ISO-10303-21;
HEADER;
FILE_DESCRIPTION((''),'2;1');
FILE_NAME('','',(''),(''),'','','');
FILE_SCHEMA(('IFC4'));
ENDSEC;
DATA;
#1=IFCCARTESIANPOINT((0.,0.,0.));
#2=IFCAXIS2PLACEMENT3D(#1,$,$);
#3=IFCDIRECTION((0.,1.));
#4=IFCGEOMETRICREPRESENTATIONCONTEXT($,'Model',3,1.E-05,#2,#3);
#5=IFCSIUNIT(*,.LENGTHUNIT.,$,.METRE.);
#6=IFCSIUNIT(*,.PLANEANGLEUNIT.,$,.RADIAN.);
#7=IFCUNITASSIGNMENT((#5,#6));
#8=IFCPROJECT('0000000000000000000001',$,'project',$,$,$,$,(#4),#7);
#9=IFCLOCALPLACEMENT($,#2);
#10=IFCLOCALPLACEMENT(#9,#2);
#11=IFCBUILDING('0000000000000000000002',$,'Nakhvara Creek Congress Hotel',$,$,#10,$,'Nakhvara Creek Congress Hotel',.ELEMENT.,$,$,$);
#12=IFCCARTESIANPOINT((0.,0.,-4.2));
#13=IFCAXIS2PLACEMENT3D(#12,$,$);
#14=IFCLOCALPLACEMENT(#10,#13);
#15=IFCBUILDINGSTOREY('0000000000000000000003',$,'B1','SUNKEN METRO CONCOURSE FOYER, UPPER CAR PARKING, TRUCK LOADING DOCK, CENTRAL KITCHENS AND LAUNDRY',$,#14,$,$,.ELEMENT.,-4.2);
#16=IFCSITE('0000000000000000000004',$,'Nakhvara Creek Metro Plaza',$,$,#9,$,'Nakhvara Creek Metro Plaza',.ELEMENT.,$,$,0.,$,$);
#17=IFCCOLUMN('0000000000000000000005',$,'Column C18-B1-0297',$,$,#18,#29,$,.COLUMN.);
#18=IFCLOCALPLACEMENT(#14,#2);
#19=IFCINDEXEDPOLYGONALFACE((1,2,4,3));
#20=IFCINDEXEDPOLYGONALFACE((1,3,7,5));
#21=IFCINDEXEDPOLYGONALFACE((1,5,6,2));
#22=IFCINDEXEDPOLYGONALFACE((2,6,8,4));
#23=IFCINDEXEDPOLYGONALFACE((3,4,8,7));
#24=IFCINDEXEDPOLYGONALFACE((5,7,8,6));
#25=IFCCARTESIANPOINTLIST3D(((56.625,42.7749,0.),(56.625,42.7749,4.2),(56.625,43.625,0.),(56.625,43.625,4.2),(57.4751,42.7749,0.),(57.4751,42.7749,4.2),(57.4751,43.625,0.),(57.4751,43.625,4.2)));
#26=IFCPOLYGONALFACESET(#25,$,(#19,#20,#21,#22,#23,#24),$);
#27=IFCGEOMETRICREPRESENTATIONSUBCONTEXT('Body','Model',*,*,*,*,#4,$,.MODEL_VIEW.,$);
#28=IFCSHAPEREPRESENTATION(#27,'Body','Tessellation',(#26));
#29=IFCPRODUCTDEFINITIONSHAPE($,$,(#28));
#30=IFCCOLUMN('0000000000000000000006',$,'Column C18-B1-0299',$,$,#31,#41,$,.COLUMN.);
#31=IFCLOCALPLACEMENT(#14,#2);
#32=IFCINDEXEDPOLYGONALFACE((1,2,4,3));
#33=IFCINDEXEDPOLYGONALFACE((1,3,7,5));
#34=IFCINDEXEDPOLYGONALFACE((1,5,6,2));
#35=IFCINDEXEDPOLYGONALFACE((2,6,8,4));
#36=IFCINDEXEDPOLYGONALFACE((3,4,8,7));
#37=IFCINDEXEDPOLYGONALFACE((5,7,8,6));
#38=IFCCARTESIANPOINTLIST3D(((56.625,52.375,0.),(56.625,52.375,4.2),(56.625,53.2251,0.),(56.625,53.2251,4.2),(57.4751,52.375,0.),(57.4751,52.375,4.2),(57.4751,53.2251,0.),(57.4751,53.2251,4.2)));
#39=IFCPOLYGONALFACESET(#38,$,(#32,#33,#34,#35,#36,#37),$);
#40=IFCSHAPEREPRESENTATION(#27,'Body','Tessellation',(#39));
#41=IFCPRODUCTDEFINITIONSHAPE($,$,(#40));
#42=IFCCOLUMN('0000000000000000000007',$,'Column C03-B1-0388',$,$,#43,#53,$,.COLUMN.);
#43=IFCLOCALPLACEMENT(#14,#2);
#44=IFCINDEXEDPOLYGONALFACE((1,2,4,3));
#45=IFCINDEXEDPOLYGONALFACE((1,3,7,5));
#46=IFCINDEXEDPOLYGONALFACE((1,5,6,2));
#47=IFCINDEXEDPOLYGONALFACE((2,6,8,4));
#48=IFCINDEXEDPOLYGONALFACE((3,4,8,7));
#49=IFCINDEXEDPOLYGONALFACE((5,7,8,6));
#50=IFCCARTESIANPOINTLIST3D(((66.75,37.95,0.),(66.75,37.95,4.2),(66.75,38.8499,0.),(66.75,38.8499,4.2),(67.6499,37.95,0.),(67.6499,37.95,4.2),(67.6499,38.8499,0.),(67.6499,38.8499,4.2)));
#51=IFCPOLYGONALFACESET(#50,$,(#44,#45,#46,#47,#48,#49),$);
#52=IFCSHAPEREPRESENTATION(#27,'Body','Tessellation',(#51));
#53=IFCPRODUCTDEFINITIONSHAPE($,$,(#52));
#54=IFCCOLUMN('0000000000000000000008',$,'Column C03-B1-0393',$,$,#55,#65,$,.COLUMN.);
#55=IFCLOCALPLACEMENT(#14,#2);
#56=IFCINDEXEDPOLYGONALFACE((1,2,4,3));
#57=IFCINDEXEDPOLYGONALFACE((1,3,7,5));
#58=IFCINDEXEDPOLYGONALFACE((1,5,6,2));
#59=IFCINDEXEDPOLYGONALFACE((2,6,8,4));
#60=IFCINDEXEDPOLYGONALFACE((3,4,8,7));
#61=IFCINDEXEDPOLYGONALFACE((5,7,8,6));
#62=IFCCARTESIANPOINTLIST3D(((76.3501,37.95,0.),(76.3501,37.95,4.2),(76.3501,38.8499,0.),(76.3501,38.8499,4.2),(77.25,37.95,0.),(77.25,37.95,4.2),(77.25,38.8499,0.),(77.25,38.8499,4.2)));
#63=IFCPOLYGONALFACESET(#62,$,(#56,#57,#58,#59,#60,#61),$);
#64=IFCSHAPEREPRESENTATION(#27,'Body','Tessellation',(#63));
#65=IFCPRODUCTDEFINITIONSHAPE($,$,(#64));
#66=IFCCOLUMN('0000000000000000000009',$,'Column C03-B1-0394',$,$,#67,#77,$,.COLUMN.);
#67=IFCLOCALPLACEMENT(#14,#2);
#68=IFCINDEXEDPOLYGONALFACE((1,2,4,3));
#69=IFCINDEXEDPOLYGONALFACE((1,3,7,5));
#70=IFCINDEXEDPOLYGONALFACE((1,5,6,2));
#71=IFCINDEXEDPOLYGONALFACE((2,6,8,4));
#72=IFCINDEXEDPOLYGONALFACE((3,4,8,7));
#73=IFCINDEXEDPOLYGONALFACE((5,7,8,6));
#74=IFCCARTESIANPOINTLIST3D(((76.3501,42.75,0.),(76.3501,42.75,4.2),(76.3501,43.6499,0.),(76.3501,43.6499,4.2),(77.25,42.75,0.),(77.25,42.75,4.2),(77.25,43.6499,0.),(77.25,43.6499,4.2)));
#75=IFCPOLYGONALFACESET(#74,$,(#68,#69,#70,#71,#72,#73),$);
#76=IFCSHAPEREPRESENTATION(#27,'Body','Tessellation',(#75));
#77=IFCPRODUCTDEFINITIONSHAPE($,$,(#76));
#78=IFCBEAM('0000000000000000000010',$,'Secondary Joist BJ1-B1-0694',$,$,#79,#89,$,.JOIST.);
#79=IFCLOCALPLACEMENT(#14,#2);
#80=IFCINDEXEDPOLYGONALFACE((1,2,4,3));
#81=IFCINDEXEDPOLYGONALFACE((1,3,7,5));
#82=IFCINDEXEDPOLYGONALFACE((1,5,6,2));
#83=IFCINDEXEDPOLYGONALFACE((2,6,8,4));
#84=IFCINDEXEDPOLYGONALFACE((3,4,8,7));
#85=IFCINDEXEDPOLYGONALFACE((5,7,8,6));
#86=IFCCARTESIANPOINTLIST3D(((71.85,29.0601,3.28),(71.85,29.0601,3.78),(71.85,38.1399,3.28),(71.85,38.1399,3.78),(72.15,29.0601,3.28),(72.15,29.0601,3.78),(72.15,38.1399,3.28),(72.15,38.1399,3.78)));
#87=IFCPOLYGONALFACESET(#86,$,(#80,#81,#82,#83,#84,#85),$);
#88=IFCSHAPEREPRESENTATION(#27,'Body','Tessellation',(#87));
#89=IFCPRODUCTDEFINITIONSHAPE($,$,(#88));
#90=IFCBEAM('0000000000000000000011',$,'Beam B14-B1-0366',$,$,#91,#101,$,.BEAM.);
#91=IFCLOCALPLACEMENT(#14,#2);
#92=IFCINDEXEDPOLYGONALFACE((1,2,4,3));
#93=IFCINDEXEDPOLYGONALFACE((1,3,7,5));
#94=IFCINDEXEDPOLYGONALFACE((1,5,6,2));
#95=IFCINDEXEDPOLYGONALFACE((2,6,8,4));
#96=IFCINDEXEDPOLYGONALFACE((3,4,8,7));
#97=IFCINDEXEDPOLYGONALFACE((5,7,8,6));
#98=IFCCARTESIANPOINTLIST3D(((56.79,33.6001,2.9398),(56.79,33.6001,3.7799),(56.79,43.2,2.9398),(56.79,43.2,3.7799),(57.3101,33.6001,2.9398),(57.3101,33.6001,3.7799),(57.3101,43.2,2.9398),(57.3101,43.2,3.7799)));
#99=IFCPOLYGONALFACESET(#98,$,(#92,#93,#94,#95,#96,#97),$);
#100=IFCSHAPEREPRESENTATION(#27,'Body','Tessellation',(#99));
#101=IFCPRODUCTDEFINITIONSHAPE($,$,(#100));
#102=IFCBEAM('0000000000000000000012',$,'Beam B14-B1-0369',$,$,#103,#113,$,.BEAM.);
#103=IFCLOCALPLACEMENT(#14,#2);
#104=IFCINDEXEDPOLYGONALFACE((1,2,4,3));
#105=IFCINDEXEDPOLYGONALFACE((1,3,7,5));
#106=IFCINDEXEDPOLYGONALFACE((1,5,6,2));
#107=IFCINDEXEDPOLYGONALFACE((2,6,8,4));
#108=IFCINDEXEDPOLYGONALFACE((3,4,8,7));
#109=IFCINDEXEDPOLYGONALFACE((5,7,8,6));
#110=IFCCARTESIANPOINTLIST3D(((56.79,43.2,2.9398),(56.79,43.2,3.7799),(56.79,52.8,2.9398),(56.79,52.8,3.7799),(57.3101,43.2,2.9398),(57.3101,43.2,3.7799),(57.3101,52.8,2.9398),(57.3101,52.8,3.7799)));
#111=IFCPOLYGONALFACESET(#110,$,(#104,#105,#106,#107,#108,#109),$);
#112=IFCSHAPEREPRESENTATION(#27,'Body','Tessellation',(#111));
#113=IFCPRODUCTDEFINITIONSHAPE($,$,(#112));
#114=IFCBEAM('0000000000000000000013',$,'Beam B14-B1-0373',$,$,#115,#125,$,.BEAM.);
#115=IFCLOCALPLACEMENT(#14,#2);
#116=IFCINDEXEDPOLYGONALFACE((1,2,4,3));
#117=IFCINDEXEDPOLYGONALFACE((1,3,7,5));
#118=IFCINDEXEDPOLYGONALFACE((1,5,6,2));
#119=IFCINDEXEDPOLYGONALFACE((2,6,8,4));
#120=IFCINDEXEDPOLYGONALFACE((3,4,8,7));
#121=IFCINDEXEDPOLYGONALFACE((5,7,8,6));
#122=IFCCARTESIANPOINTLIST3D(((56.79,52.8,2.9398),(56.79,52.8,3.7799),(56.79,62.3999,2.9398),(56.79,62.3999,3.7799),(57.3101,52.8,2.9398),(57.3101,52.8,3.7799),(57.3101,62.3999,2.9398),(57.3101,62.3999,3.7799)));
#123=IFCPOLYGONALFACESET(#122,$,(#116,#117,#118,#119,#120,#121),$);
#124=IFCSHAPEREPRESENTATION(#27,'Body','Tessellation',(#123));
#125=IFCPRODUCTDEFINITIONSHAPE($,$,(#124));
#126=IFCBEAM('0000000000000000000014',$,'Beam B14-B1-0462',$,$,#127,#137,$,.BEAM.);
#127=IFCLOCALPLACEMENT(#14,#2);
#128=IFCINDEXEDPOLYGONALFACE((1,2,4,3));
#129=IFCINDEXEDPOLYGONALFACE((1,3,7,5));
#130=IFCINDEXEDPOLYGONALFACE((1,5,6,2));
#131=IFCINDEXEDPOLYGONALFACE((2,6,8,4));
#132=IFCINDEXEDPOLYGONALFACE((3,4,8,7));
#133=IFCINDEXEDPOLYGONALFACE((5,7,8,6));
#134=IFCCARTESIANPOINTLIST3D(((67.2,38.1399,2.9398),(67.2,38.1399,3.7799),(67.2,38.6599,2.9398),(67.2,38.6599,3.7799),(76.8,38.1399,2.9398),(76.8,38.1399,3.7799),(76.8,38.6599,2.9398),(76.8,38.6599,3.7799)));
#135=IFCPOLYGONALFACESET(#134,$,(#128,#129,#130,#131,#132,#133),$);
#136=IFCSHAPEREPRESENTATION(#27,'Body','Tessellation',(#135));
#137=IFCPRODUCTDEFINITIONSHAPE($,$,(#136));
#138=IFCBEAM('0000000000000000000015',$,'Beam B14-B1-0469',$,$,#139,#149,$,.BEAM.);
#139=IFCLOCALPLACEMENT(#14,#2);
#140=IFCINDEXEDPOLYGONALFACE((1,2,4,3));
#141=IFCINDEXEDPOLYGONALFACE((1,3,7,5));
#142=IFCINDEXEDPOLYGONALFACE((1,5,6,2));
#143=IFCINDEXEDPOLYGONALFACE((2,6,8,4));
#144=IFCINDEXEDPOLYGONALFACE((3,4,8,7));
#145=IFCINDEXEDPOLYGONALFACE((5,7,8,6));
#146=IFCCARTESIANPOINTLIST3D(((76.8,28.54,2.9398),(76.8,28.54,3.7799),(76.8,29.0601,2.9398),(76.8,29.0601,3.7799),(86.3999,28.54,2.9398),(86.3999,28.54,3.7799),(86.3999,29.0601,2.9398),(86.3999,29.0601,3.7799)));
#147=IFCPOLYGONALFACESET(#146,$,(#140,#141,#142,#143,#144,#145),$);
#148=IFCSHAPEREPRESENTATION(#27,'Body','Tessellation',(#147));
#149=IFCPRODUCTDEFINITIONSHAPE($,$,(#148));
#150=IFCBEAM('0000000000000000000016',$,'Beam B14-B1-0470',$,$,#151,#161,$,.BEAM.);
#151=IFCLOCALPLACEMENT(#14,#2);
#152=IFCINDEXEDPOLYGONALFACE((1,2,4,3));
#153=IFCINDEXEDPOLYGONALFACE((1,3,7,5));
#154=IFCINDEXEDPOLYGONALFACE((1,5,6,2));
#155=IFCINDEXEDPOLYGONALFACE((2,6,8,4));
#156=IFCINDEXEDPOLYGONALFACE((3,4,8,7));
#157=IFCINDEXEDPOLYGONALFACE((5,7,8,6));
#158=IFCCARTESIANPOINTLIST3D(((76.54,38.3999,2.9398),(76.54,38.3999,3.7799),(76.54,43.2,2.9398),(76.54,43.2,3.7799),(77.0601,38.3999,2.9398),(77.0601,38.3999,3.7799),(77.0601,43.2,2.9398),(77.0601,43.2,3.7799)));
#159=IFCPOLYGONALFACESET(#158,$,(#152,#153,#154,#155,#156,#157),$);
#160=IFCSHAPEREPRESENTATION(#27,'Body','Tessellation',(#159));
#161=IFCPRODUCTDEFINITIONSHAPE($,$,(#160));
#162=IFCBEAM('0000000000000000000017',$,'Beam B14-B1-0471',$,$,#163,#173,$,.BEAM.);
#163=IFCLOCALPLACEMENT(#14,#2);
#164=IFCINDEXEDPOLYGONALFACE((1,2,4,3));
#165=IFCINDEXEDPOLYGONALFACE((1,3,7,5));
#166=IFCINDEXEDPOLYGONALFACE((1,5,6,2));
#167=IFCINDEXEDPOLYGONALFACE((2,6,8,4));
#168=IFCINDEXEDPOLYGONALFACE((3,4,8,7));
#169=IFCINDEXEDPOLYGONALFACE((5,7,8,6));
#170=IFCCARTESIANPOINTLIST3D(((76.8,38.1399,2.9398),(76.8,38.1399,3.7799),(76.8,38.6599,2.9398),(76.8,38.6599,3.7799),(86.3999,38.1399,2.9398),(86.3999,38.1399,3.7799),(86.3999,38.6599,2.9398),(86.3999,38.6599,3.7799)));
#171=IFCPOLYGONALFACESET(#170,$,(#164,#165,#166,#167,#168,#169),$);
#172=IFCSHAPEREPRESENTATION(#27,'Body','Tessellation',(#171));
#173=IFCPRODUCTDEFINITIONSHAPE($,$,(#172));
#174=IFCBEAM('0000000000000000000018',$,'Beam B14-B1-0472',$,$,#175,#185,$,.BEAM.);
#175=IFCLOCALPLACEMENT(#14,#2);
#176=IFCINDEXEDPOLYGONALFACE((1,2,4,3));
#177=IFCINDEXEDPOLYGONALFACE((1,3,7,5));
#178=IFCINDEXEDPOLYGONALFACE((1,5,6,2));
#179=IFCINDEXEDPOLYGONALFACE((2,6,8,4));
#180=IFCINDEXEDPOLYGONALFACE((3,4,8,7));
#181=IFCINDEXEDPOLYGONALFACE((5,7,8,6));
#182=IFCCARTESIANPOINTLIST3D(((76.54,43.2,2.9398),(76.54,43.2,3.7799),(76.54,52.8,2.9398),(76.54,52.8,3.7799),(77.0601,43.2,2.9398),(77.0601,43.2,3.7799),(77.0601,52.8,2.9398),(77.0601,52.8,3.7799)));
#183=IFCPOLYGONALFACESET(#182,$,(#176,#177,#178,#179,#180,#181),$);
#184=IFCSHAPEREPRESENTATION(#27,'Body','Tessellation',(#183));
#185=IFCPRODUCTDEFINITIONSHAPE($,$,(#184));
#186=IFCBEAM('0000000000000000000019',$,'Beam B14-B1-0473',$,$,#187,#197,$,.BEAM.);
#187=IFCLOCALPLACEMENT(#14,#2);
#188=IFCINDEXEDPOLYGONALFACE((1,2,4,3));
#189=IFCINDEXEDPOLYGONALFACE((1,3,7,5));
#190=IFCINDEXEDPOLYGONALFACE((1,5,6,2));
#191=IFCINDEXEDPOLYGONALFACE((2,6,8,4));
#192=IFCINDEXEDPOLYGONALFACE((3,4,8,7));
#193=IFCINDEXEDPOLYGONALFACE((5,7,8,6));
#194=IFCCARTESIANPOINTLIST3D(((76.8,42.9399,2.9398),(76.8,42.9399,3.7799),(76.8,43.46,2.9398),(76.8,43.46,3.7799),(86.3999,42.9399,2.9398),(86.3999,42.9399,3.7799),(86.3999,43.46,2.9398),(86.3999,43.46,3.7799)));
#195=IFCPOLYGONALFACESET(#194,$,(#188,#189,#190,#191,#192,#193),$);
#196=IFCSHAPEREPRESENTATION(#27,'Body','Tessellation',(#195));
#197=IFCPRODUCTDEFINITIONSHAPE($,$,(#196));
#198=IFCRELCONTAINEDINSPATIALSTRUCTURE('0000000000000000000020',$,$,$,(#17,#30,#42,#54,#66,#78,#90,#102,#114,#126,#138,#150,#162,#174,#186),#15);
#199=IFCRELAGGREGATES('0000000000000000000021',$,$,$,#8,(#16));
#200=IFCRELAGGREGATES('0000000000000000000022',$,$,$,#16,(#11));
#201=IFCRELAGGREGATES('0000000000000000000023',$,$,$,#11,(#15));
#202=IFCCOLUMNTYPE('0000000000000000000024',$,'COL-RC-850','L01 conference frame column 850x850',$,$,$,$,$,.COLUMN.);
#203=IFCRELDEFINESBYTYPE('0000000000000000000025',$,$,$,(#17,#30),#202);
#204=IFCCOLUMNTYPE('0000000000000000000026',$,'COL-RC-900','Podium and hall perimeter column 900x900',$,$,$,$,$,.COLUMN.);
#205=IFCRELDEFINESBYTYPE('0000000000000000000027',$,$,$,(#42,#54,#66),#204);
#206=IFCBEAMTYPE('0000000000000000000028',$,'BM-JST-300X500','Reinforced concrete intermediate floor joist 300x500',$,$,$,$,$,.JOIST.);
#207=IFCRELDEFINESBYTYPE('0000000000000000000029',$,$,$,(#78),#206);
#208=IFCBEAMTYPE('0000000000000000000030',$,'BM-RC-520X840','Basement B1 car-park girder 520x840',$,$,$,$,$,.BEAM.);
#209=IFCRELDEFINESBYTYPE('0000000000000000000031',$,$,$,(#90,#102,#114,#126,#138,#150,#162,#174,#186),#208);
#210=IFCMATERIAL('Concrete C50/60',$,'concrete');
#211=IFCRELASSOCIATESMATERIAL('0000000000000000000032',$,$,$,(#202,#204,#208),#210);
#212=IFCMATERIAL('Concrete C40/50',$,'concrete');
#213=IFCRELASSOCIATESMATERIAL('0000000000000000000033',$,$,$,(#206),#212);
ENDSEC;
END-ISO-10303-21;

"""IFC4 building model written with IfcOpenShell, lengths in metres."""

from ifc_helpers import new_model, si_unit, direction, frame, origin, origin_2d, place, context, subcontext, project, spatial, rectangle, extrude, material, material_profile, profile_set, type_object, element, save


model = new_model("IFC4")

# Units and contexts
model_context = context("Model", 3, precision=1e-05, world=origin(), true_north=direction((0.0, 1.0)))
body_context = subcontext(model_context, "Body", "Model", "MODEL_VIEW")
ifc_project = project(units=[si_unit("LENGTHUNIT", "METRE"), si_unit("PLANEANGLEUNIT", "RADIAN")], contexts=[model_context])

# Site, building, storey
site_placement = place(None, origin())
site = spatial("IfcSite", under=ifc_project, at=site_placement, Name="Nakhvara Creek Metro Plaza", LongName="Nakhvara Creek Metro Plaza", CompositionType="ELEMENT", RefElevation=0.0)
building_placement = place(site_placement, origin())
building = spatial("IfcBuilding", under=site, at=building_placement, Name="Nakhvara Creek Congress Hotel", LongName="Nakhvara Creek Congress Hotel", CompositionType="ELEMENT")
storey_placement = place(building_placement, frame((0.0, 0.0, -4.2)))
storey = spatial("IfcBuildingStorey", under=building, at=storey_placement, Name="B1", Description="SUNKEN METRO CONCOURSE FOYER, UPPER CAR PARKING, TRUCK LOADING DOCK, CENTRAL KITCHENS AND LAUNDRY", CompositionType="ELEMENT", Elevation=-4.2)

# Columns
ifc_material_1 = material(Name="Concrete C50/60", Category="concrete")
ifc_material_profile_1 = material_profile(ifc_material_1, rectangle(XDim=0.8501, YDim=0.8501, at=origin_2d()), Name="RC-COL 850x850", Category="LoadBearing")
ifc_profile_set_1 = profile_set([ifc_material_profile_1], Name="Concrete C50/60")
column_type_1 = type_object("IfcColumnType", Name="COL-RC-850", Description="L01 conference frame column 850x850", PredefinedType="COLUMN", material=ifc_profile_set_1)
for number, where, z_axis, x_axis, name in (
    (1, (57.05, 43.2, 0.0), (0.0, 0.0, 1.0), (1.0, 0.0, 0.0), "Column C18-B1-0297"),
    (2, (57.05, 52.8, 0.0), (0.0, 0.0, 1.0), (1.0, 0.0, 0.0), "Column C18-B1-0299"),
):
    element("IfcColumn", number, at=place(storey_placement, frame(where, z_axis=z_axis, x_axis=x_axis)), inside=storey, type_object=column_type_1, Name=name, PredefinedType="COLUMN", context=body_context, shape_type="SweptSolid", body=[
        extrude(rectangle(XDim=0.8501, YDim=0.8501, at=origin_2d()), origin(), (0.0, 0.0, 1.0), 4.2),
    ])
ifc_material_profile_2 = material_profile(ifc_material_1, rectangle(XDim=0.8999, YDim=0.8999, at=origin_2d()), Name="RC-COL 900x900", Category="LoadBearing")
ifc_profile_set_2 = profile_set([ifc_material_profile_2], Name="Concrete C50/60")
column_type_2 = type_object("IfcColumnType", Name="COL-RC-900", Description="Podium and hall perimeter column 900x900", PredefinedType="COLUMN", material=ifc_profile_set_2)
for number, where, z_axis, x_axis, name in (
    (3, (67.2, 38.3999, 0.0), (0.0, 0.0, 1.0), (1.0, 0.0, 0.0), "Column C03-B1-0388"),
    (4, (76.8, 38.3999, 0.0), (0.0, 0.0, 1.0), (1.0, 0.0, 0.0), "Column C03-B1-0393"),
    (5, (76.8, 43.2, 0.0), (0.0, 0.0, 1.0), (1.0, 0.0, 0.0), "Column C03-B1-0394"),
):
    element("IfcColumn", number, at=place(storey_placement, frame(where, z_axis=z_axis, x_axis=x_axis)), inside=storey, type_object=column_type_2, Name=name, PredefinedType="COLUMN", context=body_context, shape_type="SweptSolid", body=[
        extrude(rectangle(XDim=0.8999, YDim=0.8999, at=origin_2d()), origin(), (0.0, 0.0, 1.0), 4.2),
    ])

# Beams
ifc_material_2 = material(Name="Concrete C40/50", Category="concrete")
ifc_material_profile_3 = material_profile(ifc_material_2, rectangle(XDim=0.3, YDim=0.5, at=origin_2d()), Name="RC-BM 300x500", Category="LoadBearing")
ifc_profile_set_3 = profile_set([ifc_material_profile_3], Name="Concrete C40/50")
beam_type_1 = type_object("IfcBeamType", Name="BM-JST-300X500", Description="Reinforced concrete intermediate floor joist 300x500", PredefinedType="JOIST", material=ifc_profile_set_3)
beam_1_placement = place(storey_placement, frame((72.0, 29.0601, 3.53), z_axis=(0.0, 1.0, 0.0), x_axis=(-1.0, 0.0, 0.0)))
element("IfcBeam", 6, at=beam_1_placement, inside=storey, type_object=beam_type_1, Name="Secondary Joist BJ1-B1-0694", PredefinedType="JOIST", context=body_context, shape_type="SweptSolid", body=[
    extrude(rectangle(XDim=0.3, YDim=0.5, at=origin_2d()), origin(), (0.0, 0.0, 1.0), 9.0798),
])
ifc_material_profile_4 = material_profile(ifc_material_1, rectangle(XDim=0.52, YDim=0.8401, at=origin_2d()), Name="RC-BM 520x840", Category="LoadBearing")
ifc_profile_set_4 = profile_set([ifc_material_profile_4], Name="Concrete C50/60")
beam_type_2 = type_object("IfcBeamType", Name="BM-RC-520X840", Description="Basement B1 car-park girder 520x840", PredefinedType="BEAM", material=ifc_profile_set_4)
beam_2_placement = place(storey_placement, frame((57.05, 33.6001, 3.3599), z_axis=(0.0, 1.0, 0.0), x_axis=(-1.0, 0.0, 0.0)))
element("IfcBeam", 7, at=beam_2_placement, inside=storey, type_object=beam_type_2, Name="Beam B14-B1-0366", PredefinedType="BEAM", context=body_context, shape_type="SweptSolid", body=[
    extrude(rectangle(XDim=0.52, YDim=0.8401, at=origin_2d()), origin(), (0.0, 0.0, 1.0), 9.5999),
])
beam_3_placement = place(storey_placement, frame((57.05, 43.2, 3.3599), z_axis=(0.0, 1.0, 0.0), x_axis=(-1.0, 0.0, 0.0)))
element("IfcBeam", 8, at=beam_3_placement, inside=storey, type_object=beam_type_2, Name="Beam B14-B1-0369", PredefinedType="BEAM", context=body_context, shape_type="SweptSolid", body=[
    extrude(rectangle(XDim=0.52, YDim=0.8401, at=origin_2d()), origin(), (0.0, 0.0, 1.0), 9.6001),
])
beam_4_placement = place(storey_placement, frame((57.05, 52.8, 3.3599), z_axis=(0.0, 1.0, 0.0), x_axis=(-1.0, 0.0, 0.0)))
element("IfcBeam", 9, at=beam_4_placement, inside=storey, type_object=beam_type_2, Name="Beam B14-B1-0373", PredefinedType="BEAM", context=body_context, shape_type="SweptSolid", body=[
    extrude(rectangle(XDim=0.52, YDim=0.8401, at=origin_2d()), origin(), (0.0, 0.0, 1.0), 9.5999),
])
beam_5_placement = place(storey_placement, frame((67.2, 38.3999, 3.3599), z_axis=(1.0, 0.0, 0.0), x_axis=(0.0, 1.0, 0.0)))
element("IfcBeam", 10, at=beam_5_placement, inside=storey, type_object=beam_type_2, Name="Beam B14-B1-0462", PredefinedType="BEAM", context=body_context, shape_type="SweptSolid", body=[
    extrude(rectangle(XDim=0.52, YDim=0.8401, at=origin_2d()), origin(), (0.0, 0.0, 1.0), 9.6001),
])
beam_6_placement = place(storey_placement, frame((76.8, 28.8, 3.3599), z_axis=(1.0, 0.0, 0.0), x_axis=(0.0, 1.0, 0.0)))
element("IfcBeam", 11, at=beam_6_placement, inside=storey, type_object=beam_type_2, Name="Beam B14-B1-0469", PredefinedType="BEAM", context=body_context, shape_type="SweptSolid", body=[
    extrude(rectangle(XDim=0.52, YDim=0.8401, at=origin_2d()), origin(), (0.0, 0.0, 1.0), 9.5999),
])
beam_7_placement = place(storey_placement, frame((76.8, 38.3999, 3.3599), z_axis=(0.0, 1.0, 0.0), x_axis=(-1.0, 0.0, 0.0)))
element("IfcBeam", 12, at=beam_7_placement, inside=storey, type_object=beam_type_2, Name="Beam B14-B1-0470", PredefinedType="BEAM", context=body_context, shape_type="SweptSolid", body=[
    extrude(rectangle(XDim=0.52, YDim=0.8401, at=origin_2d()), origin(), (0.0, 0.0, 1.0), 4.8),
])
beam_8_placement = place(storey_placement, frame((76.8, 38.3999, 3.3599), z_axis=(1.0, 0.0, 0.0), x_axis=(0.0, 1.0, 0.0)))
element("IfcBeam", 13, at=beam_8_placement, inside=storey, type_object=beam_type_2, Name="Beam B14-B1-0471", PredefinedType="BEAM", context=body_context, shape_type="SweptSolid", body=[
    extrude(rectangle(XDim=0.52, YDim=0.8401, at=origin_2d()), origin(), (0.0, 0.0, 1.0), 9.5999),
])
beam_9_placement = place(storey_placement, frame((76.8, 43.2, 3.3599), z_axis=(0.0, 1.0, 0.0), x_axis=(-1.0, 0.0, 0.0)))
element("IfcBeam", 14, at=beam_9_placement, inside=storey, type_object=beam_type_2, Name="Beam B14-B1-0472", PredefinedType="BEAM", context=body_context, shape_type="SweptSolid", body=[
    extrude(rectangle(XDim=0.52, YDim=0.8401, at=origin_2d()), origin(), (0.0, 0.0, 1.0), 9.6001),
])
beam_10_placement = place(storey_placement, frame((76.8, 43.2, 3.3599), z_axis=(1.0, 0.0, 0.0), x_axis=(0.0, 1.0, 0.0)))
element("IfcBeam", 15, at=beam_10_placement, inside=storey, type_object=beam_type_2, Name="Beam B14-B1-0473", PredefinedType="BEAM", context=body_context, shape_type="SweptSolid", body=[
    extrude(rectangle(XDim=0.52, YDim=0.8401, at=origin_2d()), origin(), (0.0, 0.0, 1.0), 9.5999),
])

save(model, "model.ifc")
